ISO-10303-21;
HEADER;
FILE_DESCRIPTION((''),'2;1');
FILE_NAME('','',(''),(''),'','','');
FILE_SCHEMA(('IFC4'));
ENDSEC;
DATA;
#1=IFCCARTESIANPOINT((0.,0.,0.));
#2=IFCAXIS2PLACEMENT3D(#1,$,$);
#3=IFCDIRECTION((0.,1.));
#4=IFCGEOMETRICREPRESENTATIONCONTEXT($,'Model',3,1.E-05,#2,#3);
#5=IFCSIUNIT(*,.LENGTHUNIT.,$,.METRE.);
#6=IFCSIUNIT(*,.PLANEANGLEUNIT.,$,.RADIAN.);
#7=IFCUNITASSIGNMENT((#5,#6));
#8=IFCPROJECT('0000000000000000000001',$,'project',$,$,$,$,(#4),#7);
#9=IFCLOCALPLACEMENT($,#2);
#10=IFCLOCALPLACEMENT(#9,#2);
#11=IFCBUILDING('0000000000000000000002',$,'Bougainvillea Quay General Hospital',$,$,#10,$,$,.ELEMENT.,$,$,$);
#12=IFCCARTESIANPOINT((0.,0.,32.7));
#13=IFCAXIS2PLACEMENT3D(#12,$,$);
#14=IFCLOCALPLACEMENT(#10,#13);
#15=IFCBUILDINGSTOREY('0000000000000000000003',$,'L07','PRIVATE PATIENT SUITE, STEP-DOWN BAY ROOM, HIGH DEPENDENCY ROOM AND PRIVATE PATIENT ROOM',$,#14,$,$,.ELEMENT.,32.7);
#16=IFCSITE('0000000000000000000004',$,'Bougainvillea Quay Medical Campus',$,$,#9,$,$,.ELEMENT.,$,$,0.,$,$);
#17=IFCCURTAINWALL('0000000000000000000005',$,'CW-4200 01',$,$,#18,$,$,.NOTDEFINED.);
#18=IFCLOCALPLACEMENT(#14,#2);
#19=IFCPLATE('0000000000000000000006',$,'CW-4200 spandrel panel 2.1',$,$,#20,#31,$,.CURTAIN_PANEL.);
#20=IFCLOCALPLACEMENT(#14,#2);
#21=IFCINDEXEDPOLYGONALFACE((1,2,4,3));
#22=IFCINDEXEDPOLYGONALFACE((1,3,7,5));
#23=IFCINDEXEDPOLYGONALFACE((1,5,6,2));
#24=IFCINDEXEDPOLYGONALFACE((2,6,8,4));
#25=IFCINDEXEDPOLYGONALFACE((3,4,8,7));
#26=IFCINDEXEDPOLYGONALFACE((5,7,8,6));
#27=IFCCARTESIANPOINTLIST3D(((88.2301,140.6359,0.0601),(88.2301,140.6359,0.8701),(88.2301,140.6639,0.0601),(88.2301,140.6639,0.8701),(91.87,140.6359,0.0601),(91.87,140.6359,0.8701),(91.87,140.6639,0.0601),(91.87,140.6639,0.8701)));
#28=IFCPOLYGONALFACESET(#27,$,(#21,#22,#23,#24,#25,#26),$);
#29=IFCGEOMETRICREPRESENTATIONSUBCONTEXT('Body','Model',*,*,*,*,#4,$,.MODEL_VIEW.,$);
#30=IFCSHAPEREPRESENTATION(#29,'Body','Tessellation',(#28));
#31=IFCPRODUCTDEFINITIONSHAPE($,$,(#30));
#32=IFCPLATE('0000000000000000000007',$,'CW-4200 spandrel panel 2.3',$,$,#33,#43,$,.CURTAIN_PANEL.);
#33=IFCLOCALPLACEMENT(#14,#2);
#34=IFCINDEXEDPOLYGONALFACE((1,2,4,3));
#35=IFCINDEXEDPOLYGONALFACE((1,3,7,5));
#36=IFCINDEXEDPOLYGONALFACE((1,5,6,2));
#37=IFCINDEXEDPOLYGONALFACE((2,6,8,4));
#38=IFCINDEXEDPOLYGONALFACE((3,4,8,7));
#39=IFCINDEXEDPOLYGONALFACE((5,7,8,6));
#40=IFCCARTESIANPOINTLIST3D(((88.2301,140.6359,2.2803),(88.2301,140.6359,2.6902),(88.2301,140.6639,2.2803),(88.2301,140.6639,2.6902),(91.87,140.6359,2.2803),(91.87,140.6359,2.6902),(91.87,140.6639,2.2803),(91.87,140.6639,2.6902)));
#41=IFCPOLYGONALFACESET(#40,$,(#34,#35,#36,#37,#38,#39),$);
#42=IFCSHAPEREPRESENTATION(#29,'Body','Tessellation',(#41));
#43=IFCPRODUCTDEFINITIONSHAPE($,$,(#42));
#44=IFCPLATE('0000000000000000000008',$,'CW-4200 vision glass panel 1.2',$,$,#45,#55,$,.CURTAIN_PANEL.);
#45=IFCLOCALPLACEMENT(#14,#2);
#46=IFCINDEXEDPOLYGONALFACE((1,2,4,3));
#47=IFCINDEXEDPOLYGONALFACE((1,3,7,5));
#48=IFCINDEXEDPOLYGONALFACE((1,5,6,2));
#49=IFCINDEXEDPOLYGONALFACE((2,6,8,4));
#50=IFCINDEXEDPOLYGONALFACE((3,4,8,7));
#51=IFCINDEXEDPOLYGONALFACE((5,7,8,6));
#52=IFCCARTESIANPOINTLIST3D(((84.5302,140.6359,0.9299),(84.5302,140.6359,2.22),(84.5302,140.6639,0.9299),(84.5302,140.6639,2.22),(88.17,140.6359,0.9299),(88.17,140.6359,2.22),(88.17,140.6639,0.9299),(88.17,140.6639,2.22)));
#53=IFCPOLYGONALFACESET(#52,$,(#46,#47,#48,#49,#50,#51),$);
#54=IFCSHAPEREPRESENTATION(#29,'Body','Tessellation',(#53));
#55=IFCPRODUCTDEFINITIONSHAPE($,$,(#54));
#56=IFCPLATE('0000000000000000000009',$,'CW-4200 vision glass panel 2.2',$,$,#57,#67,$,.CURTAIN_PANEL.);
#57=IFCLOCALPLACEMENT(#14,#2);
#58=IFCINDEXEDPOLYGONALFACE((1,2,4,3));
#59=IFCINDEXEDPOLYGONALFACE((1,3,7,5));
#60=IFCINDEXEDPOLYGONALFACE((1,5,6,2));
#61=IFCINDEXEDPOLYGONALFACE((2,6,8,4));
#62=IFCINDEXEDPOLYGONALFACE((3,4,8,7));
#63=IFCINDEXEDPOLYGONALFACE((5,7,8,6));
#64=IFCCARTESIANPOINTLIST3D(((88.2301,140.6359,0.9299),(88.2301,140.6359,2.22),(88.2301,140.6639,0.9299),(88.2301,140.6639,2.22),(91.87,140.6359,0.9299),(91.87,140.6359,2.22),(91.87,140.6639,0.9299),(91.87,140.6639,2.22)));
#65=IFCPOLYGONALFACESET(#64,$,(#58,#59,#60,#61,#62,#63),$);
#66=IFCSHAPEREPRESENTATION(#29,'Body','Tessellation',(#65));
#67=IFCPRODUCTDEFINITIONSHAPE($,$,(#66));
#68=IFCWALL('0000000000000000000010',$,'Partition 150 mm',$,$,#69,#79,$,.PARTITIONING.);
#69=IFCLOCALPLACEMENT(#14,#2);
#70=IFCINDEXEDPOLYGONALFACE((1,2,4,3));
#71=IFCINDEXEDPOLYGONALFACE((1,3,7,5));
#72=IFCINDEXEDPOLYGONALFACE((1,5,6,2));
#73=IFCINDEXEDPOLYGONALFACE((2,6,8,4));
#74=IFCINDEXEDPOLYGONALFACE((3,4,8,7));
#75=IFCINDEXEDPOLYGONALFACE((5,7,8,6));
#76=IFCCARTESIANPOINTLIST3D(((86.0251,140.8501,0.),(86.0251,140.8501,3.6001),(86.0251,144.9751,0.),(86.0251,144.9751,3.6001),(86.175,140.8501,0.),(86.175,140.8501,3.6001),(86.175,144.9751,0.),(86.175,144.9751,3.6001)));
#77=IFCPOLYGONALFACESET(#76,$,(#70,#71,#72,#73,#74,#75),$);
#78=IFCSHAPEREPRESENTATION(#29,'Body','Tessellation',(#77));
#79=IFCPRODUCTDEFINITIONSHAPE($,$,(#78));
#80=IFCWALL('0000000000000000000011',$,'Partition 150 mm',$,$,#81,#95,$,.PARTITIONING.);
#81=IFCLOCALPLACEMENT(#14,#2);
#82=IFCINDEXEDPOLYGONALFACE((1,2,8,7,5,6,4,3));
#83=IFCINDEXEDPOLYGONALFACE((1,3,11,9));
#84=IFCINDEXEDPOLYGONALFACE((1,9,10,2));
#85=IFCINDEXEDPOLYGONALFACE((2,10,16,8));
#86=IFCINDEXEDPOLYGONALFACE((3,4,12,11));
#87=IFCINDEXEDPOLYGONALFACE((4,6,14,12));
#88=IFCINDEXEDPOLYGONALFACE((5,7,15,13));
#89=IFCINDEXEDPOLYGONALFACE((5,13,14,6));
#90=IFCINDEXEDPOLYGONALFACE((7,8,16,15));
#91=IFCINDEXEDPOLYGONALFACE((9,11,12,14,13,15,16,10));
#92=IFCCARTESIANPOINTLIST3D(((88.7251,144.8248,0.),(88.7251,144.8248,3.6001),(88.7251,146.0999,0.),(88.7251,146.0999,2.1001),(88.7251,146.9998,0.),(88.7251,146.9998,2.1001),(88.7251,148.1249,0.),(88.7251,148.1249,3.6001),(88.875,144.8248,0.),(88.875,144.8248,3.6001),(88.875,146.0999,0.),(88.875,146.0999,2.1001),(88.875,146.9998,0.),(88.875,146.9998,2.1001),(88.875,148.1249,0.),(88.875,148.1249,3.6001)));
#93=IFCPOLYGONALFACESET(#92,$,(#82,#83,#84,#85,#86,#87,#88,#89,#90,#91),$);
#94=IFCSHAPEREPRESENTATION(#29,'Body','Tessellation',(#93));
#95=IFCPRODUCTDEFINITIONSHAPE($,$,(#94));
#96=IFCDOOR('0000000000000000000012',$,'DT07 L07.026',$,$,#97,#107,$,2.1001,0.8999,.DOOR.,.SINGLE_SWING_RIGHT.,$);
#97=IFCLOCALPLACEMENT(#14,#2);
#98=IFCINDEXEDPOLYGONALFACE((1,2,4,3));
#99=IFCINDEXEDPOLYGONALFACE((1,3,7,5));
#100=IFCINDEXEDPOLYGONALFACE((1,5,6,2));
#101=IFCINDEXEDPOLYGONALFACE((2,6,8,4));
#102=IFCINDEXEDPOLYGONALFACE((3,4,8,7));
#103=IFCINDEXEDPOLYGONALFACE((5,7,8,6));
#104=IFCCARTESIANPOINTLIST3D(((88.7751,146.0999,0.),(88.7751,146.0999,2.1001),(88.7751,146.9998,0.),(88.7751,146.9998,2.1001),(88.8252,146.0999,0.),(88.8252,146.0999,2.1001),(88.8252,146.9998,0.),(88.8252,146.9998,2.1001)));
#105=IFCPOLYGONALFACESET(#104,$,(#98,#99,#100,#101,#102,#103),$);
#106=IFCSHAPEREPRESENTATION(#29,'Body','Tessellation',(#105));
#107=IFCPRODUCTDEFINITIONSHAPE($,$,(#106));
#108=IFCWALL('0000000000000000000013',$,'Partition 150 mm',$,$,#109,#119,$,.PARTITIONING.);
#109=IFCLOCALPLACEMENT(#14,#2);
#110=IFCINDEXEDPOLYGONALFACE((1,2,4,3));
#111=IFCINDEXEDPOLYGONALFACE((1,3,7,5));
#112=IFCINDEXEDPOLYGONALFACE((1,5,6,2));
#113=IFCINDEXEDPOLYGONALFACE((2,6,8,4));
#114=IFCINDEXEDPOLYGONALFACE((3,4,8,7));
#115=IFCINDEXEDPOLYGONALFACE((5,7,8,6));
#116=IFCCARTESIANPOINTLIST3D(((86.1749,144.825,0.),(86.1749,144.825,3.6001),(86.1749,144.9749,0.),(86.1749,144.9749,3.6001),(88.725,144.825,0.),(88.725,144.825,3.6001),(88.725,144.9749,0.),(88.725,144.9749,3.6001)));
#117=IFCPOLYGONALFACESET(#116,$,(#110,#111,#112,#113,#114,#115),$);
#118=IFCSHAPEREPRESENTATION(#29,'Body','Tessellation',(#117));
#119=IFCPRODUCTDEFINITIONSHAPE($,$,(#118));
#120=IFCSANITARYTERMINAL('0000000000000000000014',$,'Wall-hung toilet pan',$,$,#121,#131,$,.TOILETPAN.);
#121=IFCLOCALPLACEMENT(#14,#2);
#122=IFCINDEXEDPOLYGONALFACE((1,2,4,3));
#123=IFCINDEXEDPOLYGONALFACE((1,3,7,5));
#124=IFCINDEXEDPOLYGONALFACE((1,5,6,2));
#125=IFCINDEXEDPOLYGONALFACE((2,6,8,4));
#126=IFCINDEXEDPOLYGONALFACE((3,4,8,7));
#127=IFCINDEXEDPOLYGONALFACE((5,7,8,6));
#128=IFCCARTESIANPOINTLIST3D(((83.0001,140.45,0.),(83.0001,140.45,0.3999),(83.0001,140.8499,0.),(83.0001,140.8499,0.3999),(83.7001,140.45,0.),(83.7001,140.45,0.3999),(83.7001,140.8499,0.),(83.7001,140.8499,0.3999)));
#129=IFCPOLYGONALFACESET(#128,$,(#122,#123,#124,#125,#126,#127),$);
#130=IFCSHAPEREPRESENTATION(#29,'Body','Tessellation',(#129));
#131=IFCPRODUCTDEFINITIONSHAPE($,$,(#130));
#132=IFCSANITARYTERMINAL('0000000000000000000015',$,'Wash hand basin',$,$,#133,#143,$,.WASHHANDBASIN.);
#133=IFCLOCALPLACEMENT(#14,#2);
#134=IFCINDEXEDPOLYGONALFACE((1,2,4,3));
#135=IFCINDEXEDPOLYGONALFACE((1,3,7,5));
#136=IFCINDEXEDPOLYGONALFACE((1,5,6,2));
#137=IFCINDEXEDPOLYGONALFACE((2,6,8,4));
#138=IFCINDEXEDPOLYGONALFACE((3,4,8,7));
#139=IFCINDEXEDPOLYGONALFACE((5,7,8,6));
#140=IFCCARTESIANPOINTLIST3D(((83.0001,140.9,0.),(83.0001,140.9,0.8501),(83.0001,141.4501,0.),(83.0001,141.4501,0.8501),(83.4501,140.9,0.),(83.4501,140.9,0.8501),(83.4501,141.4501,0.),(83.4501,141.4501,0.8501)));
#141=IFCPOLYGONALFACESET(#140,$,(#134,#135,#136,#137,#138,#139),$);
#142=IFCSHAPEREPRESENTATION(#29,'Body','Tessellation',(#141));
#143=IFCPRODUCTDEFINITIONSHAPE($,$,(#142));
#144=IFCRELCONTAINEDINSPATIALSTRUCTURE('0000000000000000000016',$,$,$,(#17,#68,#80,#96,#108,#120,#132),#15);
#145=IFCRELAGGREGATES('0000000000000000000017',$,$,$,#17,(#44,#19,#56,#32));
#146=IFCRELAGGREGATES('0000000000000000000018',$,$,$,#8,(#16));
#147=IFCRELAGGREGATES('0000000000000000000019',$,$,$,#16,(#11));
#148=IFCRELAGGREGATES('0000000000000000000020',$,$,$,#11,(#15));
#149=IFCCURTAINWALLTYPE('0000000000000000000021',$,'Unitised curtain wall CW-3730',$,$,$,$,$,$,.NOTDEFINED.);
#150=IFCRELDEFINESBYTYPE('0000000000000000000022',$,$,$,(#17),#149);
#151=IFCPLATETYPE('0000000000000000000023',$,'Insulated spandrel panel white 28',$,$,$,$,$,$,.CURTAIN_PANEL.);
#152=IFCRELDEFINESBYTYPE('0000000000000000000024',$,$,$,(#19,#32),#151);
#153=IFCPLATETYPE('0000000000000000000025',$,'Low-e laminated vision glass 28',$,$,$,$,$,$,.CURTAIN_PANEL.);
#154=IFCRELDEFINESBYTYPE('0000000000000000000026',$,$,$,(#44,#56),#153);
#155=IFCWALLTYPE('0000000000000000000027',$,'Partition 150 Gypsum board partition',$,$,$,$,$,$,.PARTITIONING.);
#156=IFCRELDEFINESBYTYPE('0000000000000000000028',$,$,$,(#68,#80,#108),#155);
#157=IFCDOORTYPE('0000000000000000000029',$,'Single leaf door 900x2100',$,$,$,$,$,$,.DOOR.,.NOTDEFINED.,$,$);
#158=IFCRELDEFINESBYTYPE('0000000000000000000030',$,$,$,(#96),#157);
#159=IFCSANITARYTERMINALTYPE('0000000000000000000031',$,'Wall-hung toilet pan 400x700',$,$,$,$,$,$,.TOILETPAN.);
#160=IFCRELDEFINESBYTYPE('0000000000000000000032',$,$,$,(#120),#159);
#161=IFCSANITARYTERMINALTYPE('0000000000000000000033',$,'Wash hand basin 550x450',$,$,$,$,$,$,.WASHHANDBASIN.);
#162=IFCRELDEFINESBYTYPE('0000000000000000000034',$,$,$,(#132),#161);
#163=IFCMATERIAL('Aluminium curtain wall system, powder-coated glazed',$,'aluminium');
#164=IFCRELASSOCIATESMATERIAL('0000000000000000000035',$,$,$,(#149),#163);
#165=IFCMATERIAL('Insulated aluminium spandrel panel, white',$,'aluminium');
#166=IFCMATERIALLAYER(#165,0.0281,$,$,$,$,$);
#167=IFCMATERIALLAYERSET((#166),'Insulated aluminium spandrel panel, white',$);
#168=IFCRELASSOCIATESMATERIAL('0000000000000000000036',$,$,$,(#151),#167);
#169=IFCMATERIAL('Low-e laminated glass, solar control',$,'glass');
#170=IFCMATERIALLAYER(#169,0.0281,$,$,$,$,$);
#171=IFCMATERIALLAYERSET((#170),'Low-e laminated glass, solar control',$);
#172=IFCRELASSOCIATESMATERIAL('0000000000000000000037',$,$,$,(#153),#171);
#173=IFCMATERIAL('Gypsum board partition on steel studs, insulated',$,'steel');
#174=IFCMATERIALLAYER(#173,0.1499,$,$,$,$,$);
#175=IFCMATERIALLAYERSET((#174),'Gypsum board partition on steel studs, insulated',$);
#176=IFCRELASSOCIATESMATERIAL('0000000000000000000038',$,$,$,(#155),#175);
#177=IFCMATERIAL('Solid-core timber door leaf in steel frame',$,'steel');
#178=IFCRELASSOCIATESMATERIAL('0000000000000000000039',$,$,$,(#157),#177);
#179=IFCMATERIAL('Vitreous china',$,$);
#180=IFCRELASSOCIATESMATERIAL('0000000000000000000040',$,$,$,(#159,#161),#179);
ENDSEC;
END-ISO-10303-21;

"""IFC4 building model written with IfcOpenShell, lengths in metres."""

from ifc_helpers import new_model, si_unit, direction, frame, frame_2d, origin, origin_2d, place, context, subcontext, project, spatial, rectangle, extrude, material, layer, layer_set, type_object, element, fill, aggregate, save


model = new_model("IFC4")

# Units and contexts
model_context = context("Model", 3, precision=1e-05, world=origin(), true_north=direction((0.0, 1.0)))
body_context = subcontext(model_context, "Body", "Model", "MODEL_VIEW")
ifc_project = project(units=[si_unit("LENGTHUNIT", "METRE"), si_unit("PLANEANGLEUNIT", "RADIAN")], contexts=[model_context])

# Site, building, storey
site_placement = place(None, origin())
site = spatial("IfcSite", under=ifc_project, at=site_placement, Name="Bougainvillea Quay Medical Campus", CompositionType="ELEMENT", RefElevation=0.0)
building_placement = place(site_placement, origin())
building = spatial("IfcBuilding", under=site, at=building_placement, Name="Bougainvillea Quay General Hospital", CompositionType="ELEMENT")
storey_placement = place(building_placement, frame((0.0, 0.0, 32.7)))
storey = spatial("IfcBuildingStorey", under=building, at=storey_placement, Name="L07", Description="PRIVATE PATIENT SUITE, STEP-DOWN BAY ROOM, HIGH DEPENDENCY ROOM AND PRIVATE PATIENT ROOM", CompositionType="ELEMENT", Elevation=32.7)

# Shared definitions
ifc_material_1 = material(Name="Aluminium curtain wall system, powder-coated glazed", Category="aluminium")
curtain_wall_type = type_object("IfcCurtainWallType", Name="Unitised curtain wall CW-3730", PredefinedType="NOTDEFINED", material=ifc_material_1)

# Curtain wall
curtain_wall_1_placement = place(storey_placement, origin())
curtain_wall_1 = element("IfcCurtainWall", 1, at=curtain_wall_1_placement, inside=storey, type_object=curtain_wall_type, Name="CW-4200 01", PredefinedType="NOTDEFINED")

# Plates
ifc_material_2 = material(Name="Insulated aluminium spandrel panel, white", Category="aluminium")
ifc_layer_1 = layer(ifc_material_2, 0.0281)
ifc_layer_set_1 = layer_set([ifc_layer_1], Name="Insulated aluminium spandrel panel, white")
plate_type_1 = type_object("IfcPlateType", Name="Insulated spandrel panel white 28", PredefinedType="CURTAIN_PANEL", material=ifc_layer_set_1)
plate_1_placement = place(storey_placement, frame((90.05, 140.6499, 0.0601), z_axis=(0.0, 0.0, 1.0), x_axis=(1.0, 0.0, 0.0)))
plate_1 = element("IfcPlate", 2, at=plate_1_placement, type_object=plate_type_1, Name="CW-4200 spandrel panel 2.1", PredefinedType="CURTAIN_PANEL", context=body_context, shape_type="SweptSolid", body=[
    extrude(rectangle(XDim=3.6399, YDim=0.0281, at=origin_2d()), origin(), (0.0, 0.0, 1.0), 0.8101),
])
plate_2_placement = place(storey_placement, frame((90.05, 140.6499, 2.2803), z_axis=(0.0, 0.0, 1.0), x_axis=(1.0, 0.0, 0.0)))
plate_2 = element("IfcPlate", 3, at=plate_2_placement, type_object=plate_type_1, Name="CW-4200 spandrel panel 2.3", PredefinedType="CURTAIN_PANEL", context=body_context, shape_type="SweptSolid", body=[
    extrude(rectangle(XDim=3.6399, YDim=0.0281, at=origin_2d()), origin(), (0.0, 0.0, 1.0), 0.4099),
])
ifc_material_3 = material(Name="Low-e laminated glass, solar control", Category="glass")
ifc_layer_2 = layer(ifc_material_3, 0.0281)
ifc_layer_set_2 = layer_set([ifc_layer_2], Name="Low-e laminated glass, solar control")
plate_type_2 = type_object("IfcPlateType", Name="Low-e laminated vision glass 28", PredefinedType="CURTAIN_PANEL", material=ifc_layer_set_2)
plate_3_placement = place(storey_placement, frame((86.3501, 140.6499, 0.9299), z_axis=(0.0, 0.0, 1.0), x_axis=(1.0, 0.0, 0.0)))
plate_3 = element("IfcPlate", 4, at=plate_3_placement, type_object=plate_type_2, Name="CW-4200 vision glass panel 1.2", PredefinedType="CURTAIN_PANEL", context=body_context, shape_type="SweptSolid", body=[
    extrude(rectangle(XDim=3.6399, YDim=0.0281, at=origin_2d()), origin(), (0.0, 0.0, 1.0), 1.29),
])
plate_4_placement = place(storey_placement, frame((90.05, 140.6499, 0.9299), z_axis=(0.0, 0.0, 1.0), x_axis=(1.0, 0.0, 0.0)))
plate_4 = element("IfcPlate", 5, at=plate_4_placement, type_object=plate_type_2, Name="CW-4200 vision glass panel 2.2", PredefinedType="CURTAIN_PANEL", context=body_context, shape_type="SweptSolid", body=[
    extrude(rectangle(XDim=3.6399, YDim=0.0281, at=origin_2d()), origin(), (0.0, 0.0, 1.0), 1.29),
])
aggregate(curtain_wall_1, [plate_3, plate_1, plate_4, plate_2])

# Wall
ifc_material_4 = material(Name="Gypsum board partition on steel studs, insulated", Category="steel")
ifc_layer_3 = layer(ifc_material_4, 0.1499)
ifc_layer_set_3 = layer_set([ifc_layer_3], Name="Gypsum board partition on steel studs, insulated")
wall_type = type_object("IfcWallType", Name="Partition 150 Gypsum board partition", PredefinedType="PARTITIONING", material=ifc_layer_set_3)
wall_1_placement = place(storey_placement, frame((86.1001, 140.8501, 0.0), z_axis=(0.0, 0.0, 1.0), x_axis=(0.0, 1.0, 0.0)))
element("IfcWall", 6, at=wall_1_placement, inside=storey, type_object=wall_type, Name="Partition 150 mm", PredefinedType="PARTITIONING", context=body_context, shape_type="SweptSolid", body=[
    extrude(rectangle(XDim=4.125, YDim=0.1499, at=frame_2d((2.0625, 0.0))), origin(), (0.0, 0.0, 1.0), 3.6001),
])

# Wall, opening, door
wall_2_placement = place(storey_placement, frame((88.8, 144.825, 0.0), z_axis=(0.0, 0.0, 1.0), x_axis=(0.0, 1.0, 0.0)))
wall_2 = element("IfcWall", 7, at=wall_2_placement, inside=storey, type_object=wall_type, Name="Partition 150 mm", PredefinedType="PARTITIONING", context=body_context, shape_type="SweptSolid", body=[
    extrude(rectangle(XDim=3.3, YDim=0.1499, at=frame_2d((1.6499, 0.0))), origin(), (0.0, 0.0, 1.0), 3.6001),
])
opening_placement = place(wall_2_placement, frame((1.2749, 0.0, 0.0)))
opening = element("IfcOpeningElement", 8, at=opening_placement, cuts=wall_2, PredefinedType="OPENING", context=body_context, shape_type="SweptSolid", body=[
    extrude(rectangle(XDim=0.8999, YDim=2.1001, at=frame_2d((0.45, 1.05))), frame((0.0, 0.085, 0.0), z_axis=(0.0, -1.0, 0.0), x_axis=(1.0, 0.0, 0.0)), (0.0, 0.0, 1.0), 0.1699),
])
ifc_material_5 = material(Name="Solid-core timber door leaf in steel frame", Category="steel")
door_type = type_object("IfcDoorType", Name="Single leaf door 900x2100", OperationType="NOTDEFINED", PredefinedType="DOOR", material=ifc_material_5)
door_placement = place(opening_placement, origin())
door = element("IfcDoor", 9, at=door_placement, inside=storey, type_object=door_type, Name="DT07 L07.026", OperationType="SINGLE_SWING_RIGHT", OverallHeight=2.1001, OverallWidth=0.8999, PredefinedType="DOOR", context=body_context, shape_type="SweptSolid", body=[
    extrude(rectangle(XDim=0.8999, YDim=2.1001, at=frame_2d((0.45, 1.05))), frame((0.0, 0.0249, 0.0), z_axis=(0.0, -1.0, 0.0), x_axis=(1.0, 0.0, 0.0)), (0.0, 0.0, 1.0), 0.05),
])
fill(opening, door)

# Wall
wall_3_placement = place(storey_placement, frame((86.175, 144.8999, 0.0), z_axis=(0.0, 0.0, 1.0), x_axis=(1.0, 0.0, 0.0)))
element("IfcWall", 10, at=wall_3_placement, inside=storey, type_object=wall_type, Name="Partition 150 mm", PredefinedType="PARTITIONING", context=body_context, shape_type="SweptSolid", body=[
    extrude(rectangle(XDim=2.55, YDim=0.1499, at=frame_2d((1.2749, 0.0))), origin(), (0.0, 0.0, 1.0), 3.6001),
])

# Sanitary terminals
ifc_material_6 = material(Name="Vitreous china")
sanitary_terminal_type_1 = type_object("IfcSanitaryTerminalType", Name="Wall-hung toilet pan 400x700", PredefinedType="TOILETPAN", material=ifc_material_6)
sanitary_terminal_1_placement = place(storey_placement, frame((83.3501, 140.6499, 0.0), z_axis=(0.0, 0.0, 1.0), x_axis=(0.0, 1.0, 0.0)))
element("IfcSanitaryTerminal", 11, at=sanitary_terminal_1_placement, inside=storey, type_object=sanitary_terminal_type_1, Name="Wall-hung toilet pan", PredefinedType="TOILETPAN", context=body_context, shape_type="SweptSolid", body=[
    extrude(rectangle(XDim=0.3999, YDim=0.7, at=origin_2d()), origin(), (0.0, 0.0, 1.0), 0.3999),
])
sanitary_terminal_type_2 = type_object("IfcSanitaryTerminalType", Name="Wash hand basin 550x450", PredefinedType="WASHHANDBASIN", material=ifc_material_6)
sanitary_terminal_2_placement = place(storey_placement, frame((83.2251, 141.175, 0.0), z_axis=(0.0, 0.0, 1.0), x_axis=(0.0, 1.0, 0.0)))
element("IfcSanitaryTerminal", 12, at=sanitary_terminal_2_placement, inside=storey, type_object=sanitary_terminal_type_2, Name="Wash hand basin", PredefinedType="WASHHANDBASIN", context=body_context, shape_type="SweptSolid", body=[
    extrude(rectangle(XDim=0.55, YDim=0.45, at=origin_2d()), origin(), (0.0, 0.0, 1.0), 0.8501),
])

save(model, "model.ifc")
